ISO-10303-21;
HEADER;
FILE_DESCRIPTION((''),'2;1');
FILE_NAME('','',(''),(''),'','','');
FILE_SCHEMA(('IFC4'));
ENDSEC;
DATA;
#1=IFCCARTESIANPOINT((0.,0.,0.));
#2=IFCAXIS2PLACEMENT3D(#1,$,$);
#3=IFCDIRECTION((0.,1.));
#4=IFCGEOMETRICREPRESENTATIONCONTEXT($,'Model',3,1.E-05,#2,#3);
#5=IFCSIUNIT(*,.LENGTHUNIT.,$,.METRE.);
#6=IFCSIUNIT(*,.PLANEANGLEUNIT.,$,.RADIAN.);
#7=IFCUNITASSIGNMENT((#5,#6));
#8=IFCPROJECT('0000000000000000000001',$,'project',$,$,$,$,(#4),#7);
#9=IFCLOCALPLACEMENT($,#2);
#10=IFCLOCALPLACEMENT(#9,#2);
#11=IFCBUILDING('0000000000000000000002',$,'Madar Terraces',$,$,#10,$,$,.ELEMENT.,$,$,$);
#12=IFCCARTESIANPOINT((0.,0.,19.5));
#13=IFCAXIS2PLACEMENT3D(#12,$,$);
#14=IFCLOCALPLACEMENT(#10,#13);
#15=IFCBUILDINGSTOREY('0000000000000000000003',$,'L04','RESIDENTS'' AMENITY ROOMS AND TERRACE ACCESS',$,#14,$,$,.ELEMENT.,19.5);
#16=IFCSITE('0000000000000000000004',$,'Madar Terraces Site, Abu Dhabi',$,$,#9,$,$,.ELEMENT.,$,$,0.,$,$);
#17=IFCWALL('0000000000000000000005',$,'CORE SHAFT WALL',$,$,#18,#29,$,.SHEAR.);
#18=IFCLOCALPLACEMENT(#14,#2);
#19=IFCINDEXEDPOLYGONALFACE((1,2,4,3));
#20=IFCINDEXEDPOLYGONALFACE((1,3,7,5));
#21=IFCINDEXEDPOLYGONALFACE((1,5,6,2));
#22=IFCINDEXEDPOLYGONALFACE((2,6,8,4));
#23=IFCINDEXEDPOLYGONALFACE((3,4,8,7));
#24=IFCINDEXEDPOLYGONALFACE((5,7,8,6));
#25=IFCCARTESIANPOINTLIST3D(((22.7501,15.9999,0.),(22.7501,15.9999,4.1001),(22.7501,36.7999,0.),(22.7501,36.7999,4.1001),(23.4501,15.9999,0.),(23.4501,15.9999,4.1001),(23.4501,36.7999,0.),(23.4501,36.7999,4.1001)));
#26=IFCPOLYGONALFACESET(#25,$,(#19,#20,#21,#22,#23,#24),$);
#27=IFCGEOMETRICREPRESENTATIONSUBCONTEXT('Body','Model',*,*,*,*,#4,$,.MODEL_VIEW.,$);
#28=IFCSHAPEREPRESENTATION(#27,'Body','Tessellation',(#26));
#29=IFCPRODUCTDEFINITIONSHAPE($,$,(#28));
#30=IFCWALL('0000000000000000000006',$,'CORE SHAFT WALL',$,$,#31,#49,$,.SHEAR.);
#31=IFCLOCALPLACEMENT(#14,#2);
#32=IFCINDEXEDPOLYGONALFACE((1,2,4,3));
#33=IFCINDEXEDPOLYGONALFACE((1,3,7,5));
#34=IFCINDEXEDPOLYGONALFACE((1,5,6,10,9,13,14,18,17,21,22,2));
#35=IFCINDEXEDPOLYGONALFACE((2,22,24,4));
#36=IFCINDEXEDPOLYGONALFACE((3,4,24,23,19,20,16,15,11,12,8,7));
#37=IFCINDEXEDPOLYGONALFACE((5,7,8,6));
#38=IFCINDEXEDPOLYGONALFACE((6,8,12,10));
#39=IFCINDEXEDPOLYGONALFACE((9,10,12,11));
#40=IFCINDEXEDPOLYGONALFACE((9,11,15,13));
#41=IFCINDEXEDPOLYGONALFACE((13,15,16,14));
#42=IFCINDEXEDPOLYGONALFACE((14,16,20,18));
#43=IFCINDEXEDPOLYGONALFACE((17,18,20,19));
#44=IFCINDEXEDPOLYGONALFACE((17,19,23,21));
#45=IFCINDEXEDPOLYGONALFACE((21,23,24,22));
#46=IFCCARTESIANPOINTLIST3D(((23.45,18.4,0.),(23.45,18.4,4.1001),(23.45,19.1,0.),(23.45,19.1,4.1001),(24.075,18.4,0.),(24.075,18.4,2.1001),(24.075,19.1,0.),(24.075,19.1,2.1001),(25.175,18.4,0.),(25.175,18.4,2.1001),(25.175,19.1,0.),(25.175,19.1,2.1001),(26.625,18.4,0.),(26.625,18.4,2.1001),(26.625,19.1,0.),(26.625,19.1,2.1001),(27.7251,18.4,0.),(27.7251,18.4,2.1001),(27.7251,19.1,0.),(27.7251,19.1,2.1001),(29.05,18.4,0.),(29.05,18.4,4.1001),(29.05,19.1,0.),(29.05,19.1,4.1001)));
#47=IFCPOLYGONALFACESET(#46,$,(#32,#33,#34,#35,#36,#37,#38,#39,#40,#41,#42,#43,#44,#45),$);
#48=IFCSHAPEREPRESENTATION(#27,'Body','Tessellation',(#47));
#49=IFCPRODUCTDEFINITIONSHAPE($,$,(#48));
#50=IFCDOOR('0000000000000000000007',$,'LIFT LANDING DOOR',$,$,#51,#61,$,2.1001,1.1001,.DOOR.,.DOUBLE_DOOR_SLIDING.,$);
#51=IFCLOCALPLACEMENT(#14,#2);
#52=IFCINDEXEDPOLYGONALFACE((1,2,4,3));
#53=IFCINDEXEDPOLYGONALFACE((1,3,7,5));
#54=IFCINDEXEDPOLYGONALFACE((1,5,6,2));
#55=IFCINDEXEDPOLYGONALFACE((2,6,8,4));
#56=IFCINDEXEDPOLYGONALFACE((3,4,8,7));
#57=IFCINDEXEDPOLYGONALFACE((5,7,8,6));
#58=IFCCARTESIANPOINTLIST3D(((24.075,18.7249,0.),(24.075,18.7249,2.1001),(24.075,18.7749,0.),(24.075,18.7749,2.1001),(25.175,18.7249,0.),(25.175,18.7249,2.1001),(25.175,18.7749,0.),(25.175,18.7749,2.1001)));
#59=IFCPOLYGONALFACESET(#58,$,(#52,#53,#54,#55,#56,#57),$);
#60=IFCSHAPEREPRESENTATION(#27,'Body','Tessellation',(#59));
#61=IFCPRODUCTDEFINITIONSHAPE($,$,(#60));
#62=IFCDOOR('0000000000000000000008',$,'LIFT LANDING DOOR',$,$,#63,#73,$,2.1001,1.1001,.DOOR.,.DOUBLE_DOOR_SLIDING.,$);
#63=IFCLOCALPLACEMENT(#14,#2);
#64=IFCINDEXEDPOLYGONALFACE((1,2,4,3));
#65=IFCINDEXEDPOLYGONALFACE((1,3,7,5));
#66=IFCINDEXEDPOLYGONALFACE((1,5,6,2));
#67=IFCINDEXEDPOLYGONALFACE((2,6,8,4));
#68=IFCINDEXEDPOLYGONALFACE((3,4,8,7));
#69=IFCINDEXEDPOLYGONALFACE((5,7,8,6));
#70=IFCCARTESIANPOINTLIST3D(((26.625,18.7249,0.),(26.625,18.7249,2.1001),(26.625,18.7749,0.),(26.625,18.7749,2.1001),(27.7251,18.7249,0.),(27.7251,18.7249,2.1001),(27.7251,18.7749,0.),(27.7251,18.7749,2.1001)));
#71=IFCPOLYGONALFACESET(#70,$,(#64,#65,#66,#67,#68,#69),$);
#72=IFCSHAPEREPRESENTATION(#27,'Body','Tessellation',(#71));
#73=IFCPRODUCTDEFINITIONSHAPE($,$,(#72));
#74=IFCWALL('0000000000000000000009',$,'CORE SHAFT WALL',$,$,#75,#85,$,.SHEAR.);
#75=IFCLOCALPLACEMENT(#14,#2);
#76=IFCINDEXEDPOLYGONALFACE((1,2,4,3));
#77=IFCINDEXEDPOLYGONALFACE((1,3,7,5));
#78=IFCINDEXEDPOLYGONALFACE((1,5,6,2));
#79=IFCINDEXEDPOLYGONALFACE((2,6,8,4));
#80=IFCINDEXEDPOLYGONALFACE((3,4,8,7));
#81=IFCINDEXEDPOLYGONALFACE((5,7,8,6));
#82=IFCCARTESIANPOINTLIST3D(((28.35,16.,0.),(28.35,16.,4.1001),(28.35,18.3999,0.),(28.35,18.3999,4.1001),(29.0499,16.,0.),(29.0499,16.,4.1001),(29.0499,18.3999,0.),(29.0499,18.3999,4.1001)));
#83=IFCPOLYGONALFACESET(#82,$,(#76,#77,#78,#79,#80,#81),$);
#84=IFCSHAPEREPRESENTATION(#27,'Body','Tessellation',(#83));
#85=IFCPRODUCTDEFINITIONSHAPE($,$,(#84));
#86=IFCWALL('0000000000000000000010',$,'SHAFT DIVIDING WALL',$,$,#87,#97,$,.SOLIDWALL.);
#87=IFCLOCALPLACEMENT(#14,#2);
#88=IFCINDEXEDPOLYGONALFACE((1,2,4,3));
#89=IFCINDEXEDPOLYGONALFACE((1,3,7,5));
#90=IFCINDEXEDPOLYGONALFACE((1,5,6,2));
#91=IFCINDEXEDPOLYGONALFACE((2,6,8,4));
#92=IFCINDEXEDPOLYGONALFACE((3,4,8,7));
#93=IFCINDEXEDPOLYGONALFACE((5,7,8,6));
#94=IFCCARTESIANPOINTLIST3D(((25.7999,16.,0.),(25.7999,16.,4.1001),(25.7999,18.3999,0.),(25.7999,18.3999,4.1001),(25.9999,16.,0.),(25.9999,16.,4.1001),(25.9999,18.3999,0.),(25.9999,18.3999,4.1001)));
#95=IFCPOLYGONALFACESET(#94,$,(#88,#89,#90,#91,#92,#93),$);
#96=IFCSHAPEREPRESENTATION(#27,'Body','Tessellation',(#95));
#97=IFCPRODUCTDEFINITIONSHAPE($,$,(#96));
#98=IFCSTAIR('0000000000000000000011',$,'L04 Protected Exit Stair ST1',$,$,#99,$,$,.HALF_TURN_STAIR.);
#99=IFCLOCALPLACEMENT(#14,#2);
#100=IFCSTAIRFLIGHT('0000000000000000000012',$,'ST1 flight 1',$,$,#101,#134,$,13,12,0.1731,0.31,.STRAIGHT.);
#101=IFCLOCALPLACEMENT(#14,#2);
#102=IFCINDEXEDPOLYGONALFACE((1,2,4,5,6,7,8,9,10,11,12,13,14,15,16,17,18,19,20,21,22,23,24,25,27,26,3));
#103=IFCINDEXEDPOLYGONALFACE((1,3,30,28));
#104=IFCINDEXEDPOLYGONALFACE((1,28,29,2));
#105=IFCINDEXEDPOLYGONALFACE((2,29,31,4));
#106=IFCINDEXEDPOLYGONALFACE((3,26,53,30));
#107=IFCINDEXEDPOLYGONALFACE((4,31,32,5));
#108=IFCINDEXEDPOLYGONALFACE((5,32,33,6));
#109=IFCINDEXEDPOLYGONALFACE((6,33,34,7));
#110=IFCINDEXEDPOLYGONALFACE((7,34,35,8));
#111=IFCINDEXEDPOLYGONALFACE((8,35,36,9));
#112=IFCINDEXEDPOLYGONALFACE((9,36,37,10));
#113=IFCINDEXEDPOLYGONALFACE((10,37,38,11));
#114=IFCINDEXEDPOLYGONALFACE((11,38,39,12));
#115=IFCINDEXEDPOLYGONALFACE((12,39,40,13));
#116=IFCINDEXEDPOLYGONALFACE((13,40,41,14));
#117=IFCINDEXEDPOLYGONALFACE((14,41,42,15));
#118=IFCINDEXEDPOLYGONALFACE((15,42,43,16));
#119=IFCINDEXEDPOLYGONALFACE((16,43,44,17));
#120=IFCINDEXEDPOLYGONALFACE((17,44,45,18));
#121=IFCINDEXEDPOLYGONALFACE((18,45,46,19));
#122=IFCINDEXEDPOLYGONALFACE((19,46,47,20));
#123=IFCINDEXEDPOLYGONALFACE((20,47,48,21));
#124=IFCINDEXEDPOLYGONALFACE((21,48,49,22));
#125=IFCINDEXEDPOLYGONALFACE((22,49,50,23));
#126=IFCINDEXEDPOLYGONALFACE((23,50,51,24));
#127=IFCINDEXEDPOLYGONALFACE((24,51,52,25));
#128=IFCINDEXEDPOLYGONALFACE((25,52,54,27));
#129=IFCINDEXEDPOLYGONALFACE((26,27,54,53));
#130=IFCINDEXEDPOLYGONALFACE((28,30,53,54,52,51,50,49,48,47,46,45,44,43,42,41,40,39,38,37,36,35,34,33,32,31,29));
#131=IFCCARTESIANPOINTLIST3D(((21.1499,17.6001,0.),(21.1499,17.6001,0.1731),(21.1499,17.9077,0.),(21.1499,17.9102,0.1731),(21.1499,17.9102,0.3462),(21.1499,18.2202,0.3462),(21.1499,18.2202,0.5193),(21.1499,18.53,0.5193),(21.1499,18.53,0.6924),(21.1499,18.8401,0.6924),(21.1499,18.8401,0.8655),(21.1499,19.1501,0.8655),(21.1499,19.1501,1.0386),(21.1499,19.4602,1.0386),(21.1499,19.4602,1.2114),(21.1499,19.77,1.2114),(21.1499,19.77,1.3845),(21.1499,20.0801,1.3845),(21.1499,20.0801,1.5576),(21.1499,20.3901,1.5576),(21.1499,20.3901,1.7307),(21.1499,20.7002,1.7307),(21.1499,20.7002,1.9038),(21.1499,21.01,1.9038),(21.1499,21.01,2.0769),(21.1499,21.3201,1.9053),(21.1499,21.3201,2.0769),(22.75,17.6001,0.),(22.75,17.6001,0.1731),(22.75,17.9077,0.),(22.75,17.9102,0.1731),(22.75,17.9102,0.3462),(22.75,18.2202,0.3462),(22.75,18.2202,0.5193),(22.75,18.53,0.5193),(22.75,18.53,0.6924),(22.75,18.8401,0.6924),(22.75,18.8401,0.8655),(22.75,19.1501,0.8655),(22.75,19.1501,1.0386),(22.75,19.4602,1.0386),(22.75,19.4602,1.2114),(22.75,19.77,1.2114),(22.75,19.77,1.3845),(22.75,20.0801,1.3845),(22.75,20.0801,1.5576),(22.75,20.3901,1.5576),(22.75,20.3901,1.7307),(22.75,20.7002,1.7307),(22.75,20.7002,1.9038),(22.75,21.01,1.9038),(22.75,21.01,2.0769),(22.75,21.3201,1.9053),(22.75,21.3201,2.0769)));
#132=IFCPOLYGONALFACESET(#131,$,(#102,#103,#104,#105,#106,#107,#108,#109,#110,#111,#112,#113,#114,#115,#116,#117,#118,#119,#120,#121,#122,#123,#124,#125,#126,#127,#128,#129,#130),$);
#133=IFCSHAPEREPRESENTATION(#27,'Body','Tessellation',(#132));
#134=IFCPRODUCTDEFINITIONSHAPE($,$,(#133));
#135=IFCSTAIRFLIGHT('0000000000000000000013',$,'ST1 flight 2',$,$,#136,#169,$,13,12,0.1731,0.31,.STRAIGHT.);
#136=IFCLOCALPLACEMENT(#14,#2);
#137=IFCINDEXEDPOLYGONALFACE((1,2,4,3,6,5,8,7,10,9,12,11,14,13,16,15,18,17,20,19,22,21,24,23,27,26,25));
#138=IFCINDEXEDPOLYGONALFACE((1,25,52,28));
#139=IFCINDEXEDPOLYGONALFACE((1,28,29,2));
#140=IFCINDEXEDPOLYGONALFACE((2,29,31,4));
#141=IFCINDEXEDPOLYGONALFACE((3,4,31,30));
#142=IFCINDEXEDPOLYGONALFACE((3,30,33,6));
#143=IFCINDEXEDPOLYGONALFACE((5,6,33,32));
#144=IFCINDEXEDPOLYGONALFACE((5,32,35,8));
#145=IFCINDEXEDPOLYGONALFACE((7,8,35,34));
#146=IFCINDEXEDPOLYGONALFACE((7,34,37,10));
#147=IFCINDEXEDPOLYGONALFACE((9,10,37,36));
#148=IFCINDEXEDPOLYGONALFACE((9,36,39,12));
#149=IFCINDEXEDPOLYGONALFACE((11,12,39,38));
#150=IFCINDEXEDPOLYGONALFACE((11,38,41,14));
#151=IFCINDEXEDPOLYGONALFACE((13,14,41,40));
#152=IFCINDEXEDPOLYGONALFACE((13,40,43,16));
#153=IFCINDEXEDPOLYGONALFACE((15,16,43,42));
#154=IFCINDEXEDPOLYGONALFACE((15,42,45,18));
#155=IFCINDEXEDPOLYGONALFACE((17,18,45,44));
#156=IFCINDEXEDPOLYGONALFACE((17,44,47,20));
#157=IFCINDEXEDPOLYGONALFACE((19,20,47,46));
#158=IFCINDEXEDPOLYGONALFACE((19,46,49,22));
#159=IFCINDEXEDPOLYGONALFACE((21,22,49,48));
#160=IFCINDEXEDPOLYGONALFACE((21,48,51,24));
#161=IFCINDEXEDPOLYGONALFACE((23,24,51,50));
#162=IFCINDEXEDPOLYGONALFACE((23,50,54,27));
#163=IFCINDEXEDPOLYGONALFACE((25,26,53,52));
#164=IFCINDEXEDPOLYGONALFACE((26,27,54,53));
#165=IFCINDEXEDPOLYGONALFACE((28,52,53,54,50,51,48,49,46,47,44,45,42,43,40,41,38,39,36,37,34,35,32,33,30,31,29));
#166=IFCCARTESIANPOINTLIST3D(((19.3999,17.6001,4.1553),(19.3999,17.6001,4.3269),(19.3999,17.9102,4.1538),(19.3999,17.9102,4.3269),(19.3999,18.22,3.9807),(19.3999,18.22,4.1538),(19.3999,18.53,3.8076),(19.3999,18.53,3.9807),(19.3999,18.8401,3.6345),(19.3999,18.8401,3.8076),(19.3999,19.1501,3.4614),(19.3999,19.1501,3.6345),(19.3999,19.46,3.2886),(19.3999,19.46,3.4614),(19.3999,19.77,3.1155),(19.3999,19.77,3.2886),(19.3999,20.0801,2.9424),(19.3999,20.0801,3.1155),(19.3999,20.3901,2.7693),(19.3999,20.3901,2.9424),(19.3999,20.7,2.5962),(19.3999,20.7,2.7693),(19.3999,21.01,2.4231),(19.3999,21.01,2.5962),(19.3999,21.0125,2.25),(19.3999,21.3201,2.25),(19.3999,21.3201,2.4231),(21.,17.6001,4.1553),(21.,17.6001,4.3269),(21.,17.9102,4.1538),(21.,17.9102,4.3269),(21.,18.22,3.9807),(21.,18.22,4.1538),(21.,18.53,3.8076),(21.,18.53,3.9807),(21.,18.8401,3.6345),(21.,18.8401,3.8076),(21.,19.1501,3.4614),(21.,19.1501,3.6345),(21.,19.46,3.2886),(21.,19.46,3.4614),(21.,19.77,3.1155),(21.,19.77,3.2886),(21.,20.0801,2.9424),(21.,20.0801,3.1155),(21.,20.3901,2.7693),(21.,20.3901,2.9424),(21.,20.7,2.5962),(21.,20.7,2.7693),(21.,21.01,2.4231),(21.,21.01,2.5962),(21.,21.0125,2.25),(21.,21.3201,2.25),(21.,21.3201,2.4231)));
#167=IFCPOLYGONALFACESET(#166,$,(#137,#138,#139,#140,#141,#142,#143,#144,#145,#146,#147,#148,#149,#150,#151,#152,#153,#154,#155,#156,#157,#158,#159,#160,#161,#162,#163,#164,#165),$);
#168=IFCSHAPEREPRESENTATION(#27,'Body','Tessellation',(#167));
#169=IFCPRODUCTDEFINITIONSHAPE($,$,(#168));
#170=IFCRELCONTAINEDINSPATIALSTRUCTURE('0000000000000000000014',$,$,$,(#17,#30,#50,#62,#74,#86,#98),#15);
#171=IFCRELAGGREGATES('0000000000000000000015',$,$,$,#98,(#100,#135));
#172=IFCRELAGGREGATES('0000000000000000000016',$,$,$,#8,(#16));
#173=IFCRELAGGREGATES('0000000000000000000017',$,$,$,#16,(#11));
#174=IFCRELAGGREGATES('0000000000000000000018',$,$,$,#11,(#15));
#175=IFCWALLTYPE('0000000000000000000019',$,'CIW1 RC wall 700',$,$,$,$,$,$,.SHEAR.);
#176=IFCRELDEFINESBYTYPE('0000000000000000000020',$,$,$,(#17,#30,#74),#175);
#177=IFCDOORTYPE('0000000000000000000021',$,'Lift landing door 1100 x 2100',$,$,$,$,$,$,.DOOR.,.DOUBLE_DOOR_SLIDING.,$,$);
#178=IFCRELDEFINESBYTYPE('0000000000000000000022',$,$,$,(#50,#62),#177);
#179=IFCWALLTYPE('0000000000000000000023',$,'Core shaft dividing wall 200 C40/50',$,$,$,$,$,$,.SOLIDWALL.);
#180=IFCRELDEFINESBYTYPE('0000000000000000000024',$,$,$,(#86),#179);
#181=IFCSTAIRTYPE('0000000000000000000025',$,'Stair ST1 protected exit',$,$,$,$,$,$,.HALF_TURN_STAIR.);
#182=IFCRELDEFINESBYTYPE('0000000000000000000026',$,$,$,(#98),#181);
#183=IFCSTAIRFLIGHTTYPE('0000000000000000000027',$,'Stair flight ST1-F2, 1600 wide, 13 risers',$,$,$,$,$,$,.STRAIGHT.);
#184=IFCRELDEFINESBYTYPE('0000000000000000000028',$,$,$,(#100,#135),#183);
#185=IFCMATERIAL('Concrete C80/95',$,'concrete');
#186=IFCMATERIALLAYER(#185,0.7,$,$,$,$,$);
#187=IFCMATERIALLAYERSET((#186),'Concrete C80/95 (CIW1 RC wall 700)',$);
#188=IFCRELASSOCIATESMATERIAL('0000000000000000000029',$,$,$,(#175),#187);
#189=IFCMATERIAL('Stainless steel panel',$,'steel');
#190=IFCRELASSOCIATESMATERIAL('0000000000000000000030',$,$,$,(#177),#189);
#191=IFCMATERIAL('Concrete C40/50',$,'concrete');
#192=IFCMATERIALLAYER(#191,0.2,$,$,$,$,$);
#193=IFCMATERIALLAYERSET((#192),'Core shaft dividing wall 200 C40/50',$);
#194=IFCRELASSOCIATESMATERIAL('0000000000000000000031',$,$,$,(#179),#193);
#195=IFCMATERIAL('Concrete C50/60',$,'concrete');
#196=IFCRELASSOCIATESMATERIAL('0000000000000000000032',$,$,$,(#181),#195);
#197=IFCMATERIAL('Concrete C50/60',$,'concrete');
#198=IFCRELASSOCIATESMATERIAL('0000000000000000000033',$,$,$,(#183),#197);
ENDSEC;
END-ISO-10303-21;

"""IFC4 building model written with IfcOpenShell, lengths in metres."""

from ifc_helpers import new_model, si_unit, direction, frame, frame_2d, origin, place, context, subcontext, project, spatial, polyline, rectangle, outline, extrude, material, layer, layer_set, type_object, element, fill, aggregate, save


model = new_model("IFC4")

# Units and contexts
model_context = context("Model", 3, precision=1e-05, world=origin(), true_north=direction((0.0, 1.0)))
body_context = subcontext(model_context, "Body", "Model", "MODEL_VIEW")
ifc_project = project(units=[si_unit("LENGTHUNIT", "METRE"), si_unit("PLANEANGLEUNIT", "RADIAN")], contexts=[model_context])

# Site, building, storey
site_placement = place(None, origin())
site = spatial("IfcSite", under=ifc_project, at=site_placement, Name="Madar Terraces Site, Abu Dhabi", CompositionType="ELEMENT", RefElevation=0.0)
building_placement = place(site_placement, origin())
building = spatial("IfcBuilding", under=site, at=building_placement, Name="Madar Terraces", CompositionType="ELEMENT")
storey_placement = place(building_placement, frame((0.0, 0.0, 19.5)))
storey = spatial("IfcBuildingStorey", under=building, at=storey_placement, Name="L04", Description="RESIDENTS' AMENITY ROOMS AND TERRACE ACCESS", CompositionType="ELEMENT", Elevation=19.5)

# Wall
ifc_material_1 = material(Name="Concrete C80/95", Category="concrete")
ifc_layer_1 = layer(ifc_material_1, 0.7)
ifc_layer_set_1 = layer_set([ifc_layer_1], Name="Concrete C80/95 (CIW1 RC wall 700)")
wall_type_1 = type_object("IfcWallType", Name="CIW1 RC wall 700", PredefinedType="SHEAR", material=ifc_layer_set_1)
wall_1_placement = place(storey_placement, frame((23.1001, 16.0, 0.0), z_axis=(0.0, 0.0, 1.0), x_axis=(0.0, 1.0, 0.0)))
element("IfcWall", 1, at=wall_1_placement, inside=storey, type_object=wall_type_1, Name="CORE SHAFT WALL", PredefinedType="SHEAR", context=body_context, shape_type="SweptSolid", body=[
    extrude(rectangle(XDim=20.8, YDim=0.7, at=frame_2d((10.3999, 0.0))), origin(), (0.0, 0.0, 1.0), 4.1001),
])

# Wall, openings, doors
wall_2_placement = place(storey_placement, frame((23.45, 18.75, 0.0), z_axis=(0.0, 0.0, 1.0), x_axis=(1.0, 0.0, 0.0)))
wall_2 = element("IfcWall", 2, at=wall_2_placement, inside=storey, type_object=wall_type_1, Name="CORE SHAFT WALL", PredefinedType="SHEAR", context=body_context, shape_type="SweptSolid", body=[
    extrude(rectangle(XDim=5.6001, YDim=0.7, at=frame_2d((2.8, 0.0))), origin(), (0.0, 0.0, 1.0), 4.1001),
])
opening_1_placement = place(wall_2_placement, frame((0.625, 0.0, 0.0)))
opening_1 = element("IfcOpeningElement", 3, at=opening_1_placement, cuts=wall_2, PredefinedType="OPENING", context=body_context, shape_type="SweptSolid", body=[
    extrude(rectangle(XDim=1.1001, YDim=2.1001, at=frame_2d((0.55, 1.05))), frame((0.0, 0.3599, 0.0), z_axis=(0.0, -1.0, 0.0), x_axis=(1.0, 0.0, 0.0)), (0.0, 0.0, 1.0), 0.72),
])
opening_2_placement = place(wall_2_placement, frame((3.175, 0.0, 0.0)))
opening_2 = element("IfcOpeningElement", 4, at=opening_2_placement, cuts=wall_2, PredefinedType="OPENING", context=body_context, shape_type="SweptSolid", body=[
    extrude(rectangle(XDim=1.1001, YDim=2.1001, at=frame_2d((0.55, 1.05))), frame((0.0, 0.3599, 0.0), z_axis=(0.0, -1.0, 0.0), x_axis=(1.0, 0.0, 0.0)), (0.0, 0.0, 1.0), 0.72),
])
ifc_material_2 = material(Name="Stainless steel panel", Category="steel")
door_type = type_object("IfcDoorType", Name="Lift landing door 1100 x 2100", OperationType="DOUBLE_DOOR_SLIDING", PredefinedType="DOOR", material=ifc_material_2)
door_1_placement = place(opening_1_placement, origin())
door_1 = element("IfcDoor", 5, at=door_1_placement, inside=storey, type_object=door_type, Name="LIFT LANDING DOOR", OperationType="DOUBLE_DOOR_SLIDING", OverallHeight=2.1001, OverallWidth=1.1001, PredefinedType="DOOR", context=body_context, shape_type="SweptSolid", body=[
    extrude(rectangle(XDim=1.1001, YDim=2.1001, at=frame_2d((0.55, 1.05))), frame((0.0, 0.0249, 0.0), z_axis=(0.0, -1.0, 0.0), x_axis=(1.0, 0.0, 0.0)), (0.0, 0.0, 1.0), 0.05),
])
fill(opening_1, door_1)
door_2_placement = place(opening_2_placement, origin())
door_2 = element("IfcDoor", 6, at=door_2_placement, inside=storey, type_object=door_type, Name="LIFT LANDING DOOR", OperationType="DOUBLE_DOOR_SLIDING", OverallHeight=2.1001, OverallWidth=1.1001, PredefinedType="DOOR", context=body_context, shape_type="SweptSolid", body=[
    extrude(rectangle(XDim=1.1001, YDim=2.1001, at=frame_2d((0.55, 1.05))), frame((0.0, 0.0249, 0.0), z_axis=(0.0, -1.0, 0.0), x_axis=(1.0, 0.0, 0.0)), (0.0, 0.0, 1.0), 0.05),
])
fill(opening_2, door_2)

# Walls
wall_3_placement = place(storey_placement, frame((28.7, 16.0, 0.0), z_axis=(0.0, 0.0, 1.0), x_axis=(0.0, 1.0, 0.0)))
element("IfcWall", 7, at=wall_3_placement, inside=storey, type_object=wall_type_1, Name="CORE SHAFT WALL", PredefinedType="SHEAR", context=body_context, shape_type="SweptSolid", body=[
    extrude(rectangle(XDim=2.3999, YDim=0.7, at=frame_2d((1.2, 0.0))), origin(), (0.0, 0.0, 1.0), 4.1001),
])
ifc_material_3 = material(Name="Concrete C40/50", Category="concrete")
ifc_layer_2 = layer(ifc_material_3, 0.2)
ifc_layer_set_2 = layer_set([ifc_layer_2], Name="Core shaft dividing wall 200 C40/50")
wall_type_2 = type_object("IfcWallType", Name="Core shaft dividing wall 200 C40/50", PredefinedType="SOLIDWALL", material=ifc_layer_set_2)
wall_4_placement = place(storey_placement, frame((25.8999, 16.0, 0.0), z_axis=(0.0, 0.0, 1.0), x_axis=(0.0, 1.0, 0.0)))
element("IfcWall", 8, at=wall_4_placement, inside=storey, type_object=wall_type_2, Name="SHAFT DIVIDING WALL", PredefinedType="SOLIDWALL", context=body_context, shape_type="SweptSolid", body=[
    extrude(rectangle(XDim=2.3999, YDim=0.2, at=frame_2d((1.2, 0.0))), origin(), (0.0, 0.0, 1.0), 4.1001),
])

# Stair, stair flights
ifc_material_4 = material(Name="Concrete C50/60", Category="concrete")
stair_type = type_object("IfcStairType", Name="Stair ST1 protected exit", PredefinedType="HALF_TURN_STAIR", material=ifc_material_4)
stair_placement = place(storey_placement, origin())
stair = element("IfcStair", 9, at=stair_placement, inside=storey, type_object=stair_type, Name="L04 Protected Exit Stair ST1", PredefinedType="HALF_TURN_STAIR")
ifc_material_5 = material(Name="Concrete C50/60", Category="concrete")
stair_flight_type = type_object("IfcStairFlightType", Name="Stair flight ST1-F2, 1600 wide, 13 risers", PredefinedType="STRAIGHT", material=ifc_material_5)
stair_flight_1_placement = place(storey_placement, frame((21.95, 17.6001, 0.0), z_axis=(0.0, 0.0, 1.0), x_axis=(0.0, 1.0, 0.0)))
stair_flight_1 = element("IfcStairFlight", 10, at=stair_flight_1_placement, type_object=stair_flight_type, Name="ST1 flight 1", NumberOfRisers=13, NumberOfTreads=12, PredefinedType="STRAIGHT", RiserHeight=0.1731, TreadLength=0.31, context=body_context, shape_type="SweptSolid", body=[
    extrude(outline(polyline([(0.0, 0.0), (0.0, 0.1731), (0.3101, 0.1731), (0.3101, 0.3462), (0.6201, 0.3462), (0.6201, 0.5193), (0.9299, 0.5193), (0.9299, 0.6924), (1.24, 0.6924), (1.24, 0.8655), (1.55, 0.8655), (1.55, 1.0386), (1.8601, 1.0386), (1.8601, 1.2114), (2.1699, 1.2114), (2.1699, 1.3845), (2.48, 1.3845), (2.48, 1.5576), (2.79, 1.5576), (2.79, 1.7307), (3.1001, 1.7307), (3.1001, 1.9038), (3.4099, 1.9038), (3.4099, 2.0769), (3.72, 2.0769), (3.72, 2.25), (3.72, 1.9053), (0.3076, 0.0), (0.0, 0.0)])), frame((0.0, 0.8, 0.0), z_axis=(0.0, -1.0, 0.0), x_axis=(1.0, 0.0, 0.0)), (0.0, 0.0, 1.0), 1.6001),
])
stair_flight_2_placement = place(storey_placement, frame((20.2, 21.3201, 2.25), z_axis=(0.0, 0.0, 1.0), x_axis=(0.0, -1.0, 0.0)))
stair_flight_2 = element("IfcStairFlight", 11, at=stair_flight_2_placement, type_object=stair_flight_type, Name="ST1 flight 2", NumberOfRisers=13, NumberOfTreads=12, PredefinedType="STRAIGHT", RiserHeight=0.1731, TreadLength=0.31, context=body_context, shape_type="SweptSolid", body=[
    extrude(outline(polyline([(0.0, 0.0), (0.0, 0.1731), (0.3101, 0.1731), (0.3101, 0.3462), (0.6201, 0.3462), (0.6201, 0.5193), (0.9299, 0.5193), (0.9299, 0.6924), (1.24, 0.6924), (1.24, 0.8655), (1.55, 0.8655), (1.55, 1.0386), (1.8601, 1.0386), (1.8601, 1.2114), (2.1699, 1.2114), (2.1699, 1.3845), (2.48, 1.3845), (2.48, 1.5576), (2.79, 1.5576), (2.79, 1.7307), (3.1001, 1.7307), (3.1001, 1.9038), (3.4099, 1.9038), (3.4099, 2.0769), (3.72, 2.0769), (3.72, 2.25), (3.72, 1.9053), (0.3076, 0.0), (0.0, 0.0)])), frame((0.0, 0.8, 0.0), z_axis=(0.0, -1.0, 0.0), x_axis=(1.0, 0.0, 0.0)), (0.0, 0.0, 1.0), 1.6001),
])
aggregate(stair, [stair_flight_1, stair_flight_2])

save(model, "model.ifc")
